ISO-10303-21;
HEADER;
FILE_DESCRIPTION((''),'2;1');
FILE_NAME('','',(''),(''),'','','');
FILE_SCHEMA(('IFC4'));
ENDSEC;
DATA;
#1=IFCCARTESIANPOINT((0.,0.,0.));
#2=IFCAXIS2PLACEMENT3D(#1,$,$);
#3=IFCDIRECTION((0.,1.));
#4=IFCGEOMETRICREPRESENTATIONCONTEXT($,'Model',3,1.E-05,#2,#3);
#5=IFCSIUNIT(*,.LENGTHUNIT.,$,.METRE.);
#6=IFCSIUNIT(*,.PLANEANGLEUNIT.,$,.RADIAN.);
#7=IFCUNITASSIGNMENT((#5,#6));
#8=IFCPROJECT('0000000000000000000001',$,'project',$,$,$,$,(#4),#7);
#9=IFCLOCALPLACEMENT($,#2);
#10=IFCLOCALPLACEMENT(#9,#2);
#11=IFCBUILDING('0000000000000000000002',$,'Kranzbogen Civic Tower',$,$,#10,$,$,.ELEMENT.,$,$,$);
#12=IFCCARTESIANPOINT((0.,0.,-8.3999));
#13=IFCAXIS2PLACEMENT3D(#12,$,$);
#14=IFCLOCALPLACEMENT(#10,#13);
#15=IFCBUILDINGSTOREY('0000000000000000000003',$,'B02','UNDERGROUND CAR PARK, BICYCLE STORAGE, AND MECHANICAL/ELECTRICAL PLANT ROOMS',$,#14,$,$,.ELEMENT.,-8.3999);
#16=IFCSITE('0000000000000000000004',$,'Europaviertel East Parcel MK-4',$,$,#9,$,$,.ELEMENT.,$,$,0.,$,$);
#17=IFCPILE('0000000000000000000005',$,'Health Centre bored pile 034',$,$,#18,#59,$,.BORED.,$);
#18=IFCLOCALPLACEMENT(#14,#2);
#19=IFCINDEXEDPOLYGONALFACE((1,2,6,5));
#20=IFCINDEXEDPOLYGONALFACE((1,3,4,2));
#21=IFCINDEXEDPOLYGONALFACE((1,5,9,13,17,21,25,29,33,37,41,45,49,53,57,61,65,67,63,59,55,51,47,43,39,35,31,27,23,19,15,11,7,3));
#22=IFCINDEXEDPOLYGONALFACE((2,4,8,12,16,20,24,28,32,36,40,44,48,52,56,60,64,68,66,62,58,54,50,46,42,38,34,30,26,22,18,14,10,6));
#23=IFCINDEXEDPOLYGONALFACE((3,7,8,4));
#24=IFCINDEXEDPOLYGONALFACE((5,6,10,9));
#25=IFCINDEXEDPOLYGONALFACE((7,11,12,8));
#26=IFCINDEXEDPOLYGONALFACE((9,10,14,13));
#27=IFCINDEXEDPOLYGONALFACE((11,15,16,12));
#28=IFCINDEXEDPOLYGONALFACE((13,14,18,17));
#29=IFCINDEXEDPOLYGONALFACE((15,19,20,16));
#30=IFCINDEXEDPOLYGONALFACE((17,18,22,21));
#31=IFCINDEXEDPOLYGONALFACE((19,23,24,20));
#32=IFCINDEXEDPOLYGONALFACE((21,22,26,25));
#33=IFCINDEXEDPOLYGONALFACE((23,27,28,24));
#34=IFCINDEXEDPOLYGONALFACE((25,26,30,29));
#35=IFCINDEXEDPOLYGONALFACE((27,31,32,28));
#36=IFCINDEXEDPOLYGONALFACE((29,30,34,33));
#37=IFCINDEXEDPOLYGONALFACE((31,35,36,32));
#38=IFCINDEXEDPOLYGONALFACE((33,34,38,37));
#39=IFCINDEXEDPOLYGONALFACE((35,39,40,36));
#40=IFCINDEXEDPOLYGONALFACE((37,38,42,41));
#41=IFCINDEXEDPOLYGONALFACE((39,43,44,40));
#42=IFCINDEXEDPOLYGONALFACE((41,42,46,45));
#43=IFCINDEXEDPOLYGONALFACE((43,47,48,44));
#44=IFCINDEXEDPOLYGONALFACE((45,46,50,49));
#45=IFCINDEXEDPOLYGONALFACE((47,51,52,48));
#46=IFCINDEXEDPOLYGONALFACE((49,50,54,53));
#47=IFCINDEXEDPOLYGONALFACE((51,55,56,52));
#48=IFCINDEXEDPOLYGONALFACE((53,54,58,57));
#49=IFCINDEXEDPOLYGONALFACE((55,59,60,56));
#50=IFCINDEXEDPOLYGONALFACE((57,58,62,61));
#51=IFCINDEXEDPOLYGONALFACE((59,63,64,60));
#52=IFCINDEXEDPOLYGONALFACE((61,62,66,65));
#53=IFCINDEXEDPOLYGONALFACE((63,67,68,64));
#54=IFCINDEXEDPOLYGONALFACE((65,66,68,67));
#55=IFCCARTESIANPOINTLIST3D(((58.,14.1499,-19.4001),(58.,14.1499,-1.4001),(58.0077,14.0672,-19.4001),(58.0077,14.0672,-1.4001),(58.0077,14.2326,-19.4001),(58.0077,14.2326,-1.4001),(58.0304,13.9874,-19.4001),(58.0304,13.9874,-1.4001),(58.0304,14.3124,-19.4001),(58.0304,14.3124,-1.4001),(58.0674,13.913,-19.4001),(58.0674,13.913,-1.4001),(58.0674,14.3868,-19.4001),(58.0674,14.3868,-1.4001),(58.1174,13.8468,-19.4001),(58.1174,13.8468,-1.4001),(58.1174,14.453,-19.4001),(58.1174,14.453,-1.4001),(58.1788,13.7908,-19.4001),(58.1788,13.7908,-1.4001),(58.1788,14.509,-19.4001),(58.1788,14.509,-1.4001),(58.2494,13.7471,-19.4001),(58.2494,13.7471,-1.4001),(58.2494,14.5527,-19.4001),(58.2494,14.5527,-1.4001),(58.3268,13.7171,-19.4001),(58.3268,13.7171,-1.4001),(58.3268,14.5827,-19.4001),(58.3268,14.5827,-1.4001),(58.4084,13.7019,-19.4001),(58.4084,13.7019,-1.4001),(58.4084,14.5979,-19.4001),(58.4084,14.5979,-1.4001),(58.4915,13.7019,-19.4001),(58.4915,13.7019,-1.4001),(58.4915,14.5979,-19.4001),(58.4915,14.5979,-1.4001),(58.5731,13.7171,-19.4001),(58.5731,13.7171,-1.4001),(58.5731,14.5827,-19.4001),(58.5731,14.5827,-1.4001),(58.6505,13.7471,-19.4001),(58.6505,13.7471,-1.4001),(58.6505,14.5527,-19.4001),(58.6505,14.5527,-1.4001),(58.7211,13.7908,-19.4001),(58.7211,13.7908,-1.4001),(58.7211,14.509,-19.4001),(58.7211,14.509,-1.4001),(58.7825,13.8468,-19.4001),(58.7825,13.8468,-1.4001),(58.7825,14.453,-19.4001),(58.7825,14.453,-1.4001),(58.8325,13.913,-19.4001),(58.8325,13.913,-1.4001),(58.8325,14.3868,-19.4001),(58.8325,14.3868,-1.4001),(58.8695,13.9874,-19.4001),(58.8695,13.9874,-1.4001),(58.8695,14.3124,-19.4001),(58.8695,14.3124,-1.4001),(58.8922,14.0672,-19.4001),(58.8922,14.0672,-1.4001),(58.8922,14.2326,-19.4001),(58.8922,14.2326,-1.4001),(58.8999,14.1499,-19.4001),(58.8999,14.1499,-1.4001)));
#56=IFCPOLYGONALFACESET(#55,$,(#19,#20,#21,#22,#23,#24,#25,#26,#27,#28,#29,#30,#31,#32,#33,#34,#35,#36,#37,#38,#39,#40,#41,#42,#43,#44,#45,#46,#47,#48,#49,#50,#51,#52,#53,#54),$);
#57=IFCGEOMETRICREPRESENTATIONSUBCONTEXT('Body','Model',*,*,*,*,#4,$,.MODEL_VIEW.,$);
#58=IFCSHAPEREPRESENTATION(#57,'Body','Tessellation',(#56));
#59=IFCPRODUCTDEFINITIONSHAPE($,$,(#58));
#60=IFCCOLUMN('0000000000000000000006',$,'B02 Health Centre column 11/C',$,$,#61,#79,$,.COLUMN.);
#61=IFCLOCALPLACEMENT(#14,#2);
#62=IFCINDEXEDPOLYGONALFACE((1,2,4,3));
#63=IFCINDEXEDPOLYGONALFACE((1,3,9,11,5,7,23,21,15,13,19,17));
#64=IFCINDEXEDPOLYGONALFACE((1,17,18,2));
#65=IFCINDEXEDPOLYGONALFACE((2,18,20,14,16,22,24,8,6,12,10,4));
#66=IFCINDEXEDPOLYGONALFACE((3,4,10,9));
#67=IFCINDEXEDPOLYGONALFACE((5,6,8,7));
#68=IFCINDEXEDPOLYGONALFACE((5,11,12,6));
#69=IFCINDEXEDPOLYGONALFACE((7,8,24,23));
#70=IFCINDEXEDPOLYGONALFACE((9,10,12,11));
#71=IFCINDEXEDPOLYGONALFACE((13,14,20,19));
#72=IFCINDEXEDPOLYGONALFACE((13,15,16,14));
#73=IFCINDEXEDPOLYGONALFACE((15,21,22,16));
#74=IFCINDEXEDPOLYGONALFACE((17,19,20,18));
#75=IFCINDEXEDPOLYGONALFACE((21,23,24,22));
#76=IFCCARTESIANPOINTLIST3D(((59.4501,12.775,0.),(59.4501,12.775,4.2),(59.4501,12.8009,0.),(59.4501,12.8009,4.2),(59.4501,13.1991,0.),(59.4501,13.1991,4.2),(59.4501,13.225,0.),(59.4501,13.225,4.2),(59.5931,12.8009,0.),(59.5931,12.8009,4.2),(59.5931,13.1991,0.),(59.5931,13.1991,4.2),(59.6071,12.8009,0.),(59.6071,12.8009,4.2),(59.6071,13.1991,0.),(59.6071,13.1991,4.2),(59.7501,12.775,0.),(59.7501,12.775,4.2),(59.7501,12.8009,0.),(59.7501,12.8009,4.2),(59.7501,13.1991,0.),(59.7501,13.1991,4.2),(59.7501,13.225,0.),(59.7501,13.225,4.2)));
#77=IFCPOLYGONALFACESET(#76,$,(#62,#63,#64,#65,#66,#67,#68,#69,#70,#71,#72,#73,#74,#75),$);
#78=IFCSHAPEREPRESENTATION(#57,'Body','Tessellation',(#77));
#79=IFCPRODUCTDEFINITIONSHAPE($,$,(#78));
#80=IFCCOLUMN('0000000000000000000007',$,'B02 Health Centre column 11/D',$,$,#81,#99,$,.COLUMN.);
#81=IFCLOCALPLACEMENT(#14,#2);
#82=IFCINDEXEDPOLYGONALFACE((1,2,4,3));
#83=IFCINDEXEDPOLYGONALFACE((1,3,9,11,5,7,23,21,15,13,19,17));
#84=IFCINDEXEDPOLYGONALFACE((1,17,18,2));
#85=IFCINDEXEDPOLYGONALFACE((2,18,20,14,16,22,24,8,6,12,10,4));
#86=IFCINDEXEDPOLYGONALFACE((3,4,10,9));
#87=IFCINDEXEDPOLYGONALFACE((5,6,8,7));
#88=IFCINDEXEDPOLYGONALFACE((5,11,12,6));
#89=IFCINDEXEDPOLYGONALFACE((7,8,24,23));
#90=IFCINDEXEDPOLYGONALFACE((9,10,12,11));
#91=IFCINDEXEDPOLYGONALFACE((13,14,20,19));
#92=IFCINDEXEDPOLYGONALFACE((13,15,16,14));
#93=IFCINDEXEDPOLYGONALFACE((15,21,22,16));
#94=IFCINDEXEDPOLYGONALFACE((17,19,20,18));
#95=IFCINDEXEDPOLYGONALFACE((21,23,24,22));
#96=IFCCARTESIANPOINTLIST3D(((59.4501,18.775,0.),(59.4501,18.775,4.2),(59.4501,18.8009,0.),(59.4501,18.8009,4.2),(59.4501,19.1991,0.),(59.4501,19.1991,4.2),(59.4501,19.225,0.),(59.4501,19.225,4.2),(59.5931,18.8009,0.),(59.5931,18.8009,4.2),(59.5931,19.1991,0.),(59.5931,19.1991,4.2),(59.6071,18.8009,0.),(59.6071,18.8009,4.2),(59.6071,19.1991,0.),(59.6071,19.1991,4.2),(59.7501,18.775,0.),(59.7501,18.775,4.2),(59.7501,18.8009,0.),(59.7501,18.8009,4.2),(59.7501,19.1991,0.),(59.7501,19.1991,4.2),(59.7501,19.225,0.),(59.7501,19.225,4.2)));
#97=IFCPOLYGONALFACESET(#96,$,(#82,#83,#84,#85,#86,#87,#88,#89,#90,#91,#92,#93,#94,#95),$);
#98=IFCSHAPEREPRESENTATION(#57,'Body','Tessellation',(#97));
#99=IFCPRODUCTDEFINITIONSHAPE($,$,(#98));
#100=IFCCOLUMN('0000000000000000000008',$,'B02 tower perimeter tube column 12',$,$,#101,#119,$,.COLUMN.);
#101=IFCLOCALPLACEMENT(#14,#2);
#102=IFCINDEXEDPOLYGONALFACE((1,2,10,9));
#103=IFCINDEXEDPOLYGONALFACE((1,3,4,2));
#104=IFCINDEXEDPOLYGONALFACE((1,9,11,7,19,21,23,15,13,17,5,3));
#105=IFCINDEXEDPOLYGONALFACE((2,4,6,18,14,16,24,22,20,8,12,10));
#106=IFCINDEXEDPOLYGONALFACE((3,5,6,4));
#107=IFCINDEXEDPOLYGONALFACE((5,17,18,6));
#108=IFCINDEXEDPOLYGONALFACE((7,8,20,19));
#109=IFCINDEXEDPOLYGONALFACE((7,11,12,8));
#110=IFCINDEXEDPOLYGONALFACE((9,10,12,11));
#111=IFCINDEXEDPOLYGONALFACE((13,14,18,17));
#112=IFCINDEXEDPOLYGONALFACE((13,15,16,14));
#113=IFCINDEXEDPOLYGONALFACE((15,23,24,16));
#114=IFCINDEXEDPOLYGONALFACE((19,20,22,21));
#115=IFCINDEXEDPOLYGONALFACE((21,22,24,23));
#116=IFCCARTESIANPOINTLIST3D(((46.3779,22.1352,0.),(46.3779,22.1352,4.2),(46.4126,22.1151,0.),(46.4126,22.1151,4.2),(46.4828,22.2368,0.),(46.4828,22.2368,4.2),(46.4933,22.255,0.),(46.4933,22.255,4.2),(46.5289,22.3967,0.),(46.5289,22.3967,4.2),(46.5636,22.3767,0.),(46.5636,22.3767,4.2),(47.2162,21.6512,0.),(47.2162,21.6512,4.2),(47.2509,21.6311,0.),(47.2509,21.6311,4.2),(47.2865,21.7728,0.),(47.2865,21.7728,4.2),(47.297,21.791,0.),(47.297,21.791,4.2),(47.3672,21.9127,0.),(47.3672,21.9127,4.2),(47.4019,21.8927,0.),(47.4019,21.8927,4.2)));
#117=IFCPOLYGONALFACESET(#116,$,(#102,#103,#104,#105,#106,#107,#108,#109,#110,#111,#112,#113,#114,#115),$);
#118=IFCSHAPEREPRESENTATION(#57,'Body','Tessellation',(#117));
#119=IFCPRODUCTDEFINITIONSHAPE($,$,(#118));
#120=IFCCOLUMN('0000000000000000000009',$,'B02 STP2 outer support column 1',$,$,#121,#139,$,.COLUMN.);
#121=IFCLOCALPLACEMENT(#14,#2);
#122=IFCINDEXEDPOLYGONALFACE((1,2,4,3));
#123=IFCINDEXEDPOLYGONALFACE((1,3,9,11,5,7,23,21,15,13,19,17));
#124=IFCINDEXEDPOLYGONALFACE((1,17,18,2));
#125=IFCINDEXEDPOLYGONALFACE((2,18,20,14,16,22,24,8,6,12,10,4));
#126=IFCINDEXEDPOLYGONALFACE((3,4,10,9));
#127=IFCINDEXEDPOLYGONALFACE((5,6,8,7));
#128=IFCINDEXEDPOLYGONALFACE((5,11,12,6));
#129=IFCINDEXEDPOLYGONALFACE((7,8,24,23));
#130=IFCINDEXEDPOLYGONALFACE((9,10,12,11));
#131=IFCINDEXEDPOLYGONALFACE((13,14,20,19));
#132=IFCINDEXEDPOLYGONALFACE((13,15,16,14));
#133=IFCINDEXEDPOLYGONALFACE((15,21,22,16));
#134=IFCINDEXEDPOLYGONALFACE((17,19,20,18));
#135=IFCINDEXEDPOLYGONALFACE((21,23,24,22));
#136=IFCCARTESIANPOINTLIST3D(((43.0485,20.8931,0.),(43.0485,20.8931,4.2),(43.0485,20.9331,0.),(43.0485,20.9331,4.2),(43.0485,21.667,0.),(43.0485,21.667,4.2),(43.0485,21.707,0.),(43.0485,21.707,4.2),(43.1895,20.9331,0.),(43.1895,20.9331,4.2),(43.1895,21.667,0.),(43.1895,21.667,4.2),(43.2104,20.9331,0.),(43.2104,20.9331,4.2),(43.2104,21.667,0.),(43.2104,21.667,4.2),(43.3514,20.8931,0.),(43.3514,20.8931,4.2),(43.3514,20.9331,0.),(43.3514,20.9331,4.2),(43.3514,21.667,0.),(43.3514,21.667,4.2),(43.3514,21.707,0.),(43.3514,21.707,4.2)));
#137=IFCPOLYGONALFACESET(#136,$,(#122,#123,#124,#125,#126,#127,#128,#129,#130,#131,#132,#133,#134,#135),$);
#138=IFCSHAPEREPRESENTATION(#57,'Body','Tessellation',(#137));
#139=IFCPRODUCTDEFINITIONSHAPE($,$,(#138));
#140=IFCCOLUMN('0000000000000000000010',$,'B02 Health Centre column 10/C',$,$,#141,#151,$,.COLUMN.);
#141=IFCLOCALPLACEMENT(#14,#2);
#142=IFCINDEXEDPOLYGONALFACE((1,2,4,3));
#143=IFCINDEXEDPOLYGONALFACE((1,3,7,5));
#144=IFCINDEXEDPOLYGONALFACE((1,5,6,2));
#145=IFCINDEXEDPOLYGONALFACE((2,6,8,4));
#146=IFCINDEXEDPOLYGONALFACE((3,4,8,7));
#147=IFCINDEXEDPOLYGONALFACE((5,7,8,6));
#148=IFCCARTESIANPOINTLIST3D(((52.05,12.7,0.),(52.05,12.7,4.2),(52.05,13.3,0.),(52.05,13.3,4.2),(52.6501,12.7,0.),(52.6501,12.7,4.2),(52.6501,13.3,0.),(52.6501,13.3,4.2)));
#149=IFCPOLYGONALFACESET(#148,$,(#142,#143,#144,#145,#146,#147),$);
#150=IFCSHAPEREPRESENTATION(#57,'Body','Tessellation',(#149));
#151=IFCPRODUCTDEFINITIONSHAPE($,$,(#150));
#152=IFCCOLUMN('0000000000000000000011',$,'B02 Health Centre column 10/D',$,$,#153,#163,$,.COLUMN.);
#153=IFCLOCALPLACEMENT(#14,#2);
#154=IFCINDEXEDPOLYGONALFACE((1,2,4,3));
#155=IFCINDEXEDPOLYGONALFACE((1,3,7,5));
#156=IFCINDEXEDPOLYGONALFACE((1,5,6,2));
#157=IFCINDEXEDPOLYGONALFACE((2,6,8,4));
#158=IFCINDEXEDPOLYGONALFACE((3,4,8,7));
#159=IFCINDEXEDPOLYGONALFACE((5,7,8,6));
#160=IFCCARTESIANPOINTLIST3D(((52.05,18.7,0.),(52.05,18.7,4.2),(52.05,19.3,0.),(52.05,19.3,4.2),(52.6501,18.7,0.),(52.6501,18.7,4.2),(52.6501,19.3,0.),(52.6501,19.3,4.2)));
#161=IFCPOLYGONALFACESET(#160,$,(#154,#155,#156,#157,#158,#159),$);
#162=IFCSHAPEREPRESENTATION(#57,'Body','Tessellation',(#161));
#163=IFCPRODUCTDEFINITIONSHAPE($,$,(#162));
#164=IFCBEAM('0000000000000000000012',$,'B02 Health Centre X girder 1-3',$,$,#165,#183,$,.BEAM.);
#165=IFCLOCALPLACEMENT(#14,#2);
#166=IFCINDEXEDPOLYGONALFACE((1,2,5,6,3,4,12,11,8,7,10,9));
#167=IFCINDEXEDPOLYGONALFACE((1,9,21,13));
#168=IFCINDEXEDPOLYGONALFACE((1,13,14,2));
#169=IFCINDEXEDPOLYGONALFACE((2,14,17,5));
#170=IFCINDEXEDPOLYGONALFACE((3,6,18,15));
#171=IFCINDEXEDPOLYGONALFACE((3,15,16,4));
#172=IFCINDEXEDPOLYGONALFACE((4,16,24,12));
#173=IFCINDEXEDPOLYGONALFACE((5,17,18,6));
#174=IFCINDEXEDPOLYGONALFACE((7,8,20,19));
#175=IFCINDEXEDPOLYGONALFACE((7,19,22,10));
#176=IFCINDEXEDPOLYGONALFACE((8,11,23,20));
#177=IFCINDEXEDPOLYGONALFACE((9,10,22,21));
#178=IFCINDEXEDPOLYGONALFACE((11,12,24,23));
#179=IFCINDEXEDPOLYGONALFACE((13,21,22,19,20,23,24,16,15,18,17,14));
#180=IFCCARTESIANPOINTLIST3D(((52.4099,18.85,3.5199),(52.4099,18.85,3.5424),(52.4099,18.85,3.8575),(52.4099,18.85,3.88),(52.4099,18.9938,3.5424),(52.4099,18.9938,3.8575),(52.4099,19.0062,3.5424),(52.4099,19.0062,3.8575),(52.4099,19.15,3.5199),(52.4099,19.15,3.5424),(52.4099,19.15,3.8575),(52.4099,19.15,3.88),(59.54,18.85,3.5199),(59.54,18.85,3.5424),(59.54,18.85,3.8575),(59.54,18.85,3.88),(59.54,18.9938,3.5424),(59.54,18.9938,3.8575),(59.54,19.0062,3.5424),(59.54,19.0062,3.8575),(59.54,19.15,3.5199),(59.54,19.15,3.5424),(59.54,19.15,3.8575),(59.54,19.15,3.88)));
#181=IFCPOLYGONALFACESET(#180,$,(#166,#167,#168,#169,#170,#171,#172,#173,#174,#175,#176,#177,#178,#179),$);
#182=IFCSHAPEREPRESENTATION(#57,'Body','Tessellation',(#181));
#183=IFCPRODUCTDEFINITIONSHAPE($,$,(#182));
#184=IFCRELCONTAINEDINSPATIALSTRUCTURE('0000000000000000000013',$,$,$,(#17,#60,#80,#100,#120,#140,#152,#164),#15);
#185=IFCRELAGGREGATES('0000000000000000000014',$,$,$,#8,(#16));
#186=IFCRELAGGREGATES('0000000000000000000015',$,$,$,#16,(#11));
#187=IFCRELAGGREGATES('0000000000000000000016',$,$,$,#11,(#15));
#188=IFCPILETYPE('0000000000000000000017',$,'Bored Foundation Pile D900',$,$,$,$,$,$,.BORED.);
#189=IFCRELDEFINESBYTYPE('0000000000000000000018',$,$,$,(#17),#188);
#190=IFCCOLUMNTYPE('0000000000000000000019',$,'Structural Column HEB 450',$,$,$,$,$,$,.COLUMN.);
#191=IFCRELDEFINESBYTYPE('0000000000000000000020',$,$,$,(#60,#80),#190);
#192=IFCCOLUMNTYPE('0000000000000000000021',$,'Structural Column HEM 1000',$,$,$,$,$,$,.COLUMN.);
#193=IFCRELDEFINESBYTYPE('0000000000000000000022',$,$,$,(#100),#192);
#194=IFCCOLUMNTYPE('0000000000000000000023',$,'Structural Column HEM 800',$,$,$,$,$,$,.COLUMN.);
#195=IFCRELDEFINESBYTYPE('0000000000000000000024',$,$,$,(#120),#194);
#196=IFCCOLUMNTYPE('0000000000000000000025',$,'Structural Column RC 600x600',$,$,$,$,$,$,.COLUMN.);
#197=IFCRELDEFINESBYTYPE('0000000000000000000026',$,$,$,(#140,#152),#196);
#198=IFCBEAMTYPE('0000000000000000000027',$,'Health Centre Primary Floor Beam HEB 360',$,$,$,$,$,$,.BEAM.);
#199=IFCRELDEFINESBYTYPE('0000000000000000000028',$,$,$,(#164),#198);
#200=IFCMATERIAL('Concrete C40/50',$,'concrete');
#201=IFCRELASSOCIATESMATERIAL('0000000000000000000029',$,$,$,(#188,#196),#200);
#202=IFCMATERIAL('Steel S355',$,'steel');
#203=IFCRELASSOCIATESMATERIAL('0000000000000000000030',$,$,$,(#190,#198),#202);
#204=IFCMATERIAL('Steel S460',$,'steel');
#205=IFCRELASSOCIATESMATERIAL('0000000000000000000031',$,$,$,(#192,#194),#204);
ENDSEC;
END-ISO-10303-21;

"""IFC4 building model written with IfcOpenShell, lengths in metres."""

from ifc_helpers import new_model, si_unit, direction, frame, origin, origin_2d, place, context, subcontext, project, spatial, rectangle, circle, i_section, extrude, material, material_profile, profile_set, type_object, element, save


model = new_model("IFC4")

# Units and contexts
model_context = context("Model", 3, precision=1e-05, world=origin(), true_north=direction((0.0, 1.0)))
body_context = subcontext(model_context, "Body", "Model", "MODEL_VIEW")
ifc_project = project(units=[si_unit("LENGTHUNIT", "METRE"), si_unit("PLANEANGLEUNIT", "RADIAN")], contexts=[model_context])

# Site, building, storey
site_placement = place(None, origin())
site = spatial("IfcSite", under=ifc_project, at=site_placement, Name="Europaviertel East Parcel MK-4", CompositionType="ELEMENT", RefElevation=0.0)
building_placement = place(site_placement, origin())
building = spatial("IfcBuilding", under=site, at=building_placement, Name="Kranzbogen Civic Tower", CompositionType="ELEMENT")
storey_placement = place(building_placement, frame((0.0, 0.0, -8.3999)))
storey = spatial("IfcBuildingStorey", under=building, at=storey_placement, Name="B02", Description="UNDERGROUND CAR PARK, BICYCLE STORAGE, AND MECHANICAL/ELECTRICAL PLANT ROOMS", CompositionType="ELEMENT", Elevation=-8.3999)

# Pile
ifc_material_1 = material(Name="Concrete C40/50", Category="concrete")
ifc_material_profile_1 = material_profile(ifc_material_1, circle(Radius=0.45, at=origin_2d()), Name="PILE D900")
ifc_profile_set_1 = profile_set([ifc_material_profile_1], Name="Concrete C40/50")
pile_type_1 = type_object("IfcPileType", Name="Bored Foundation Pile D900", PredefinedType="BORED", material=ifc_profile_set_1)
for number, where, z_axis, x_axis, name in (
    (1, (58.45, 14.1499, -1.4001), (0.0, 0.0, -1.0), (1.0, 0.0, 0.0), "Health Centre bored pile 034"),
):
    element("IfcPile", number, at=place(storey_placement, frame(where, z_axis=z_axis, x_axis=x_axis)), inside=storey, type_object=pile_type_1, Name=name, PredefinedType="BORED", context=body_context, shape_type="SweptSolid", body=[
        extrude(circle(Radius=0.45, at=origin_2d()), origin(), (0.0, 0.0, 1.0), 18.0),
    ])

# Columns
ifc_material_2 = material(Name="Steel S355", Category="steel")
ifc_material_profile_2 = material_profile(ifc_material_2, i_section(OverallWidth=0.3, OverallDepth=0.45, WebThickness=0.0139, FlangeThickness=0.0259, at=origin_2d()), Name="HEB 450")
ifc_profile_set_2 = profile_set([ifc_material_profile_2], Name="Steel S355")
column_type_1 = type_object("IfcColumnType", Name="Structural Column HEB 450", PredefinedType="COLUMN", material=ifc_profile_set_2)
for number, where, z_axis, x_axis, name in (
    (2, (59.6001, 13.0, 0.0), (0.0, 0.0, 1.0), (1.0, 0.0, 0.0), "B02 Health Centre column 11/C"),
    (3, (59.6001, 19.0, 0.0), (0.0, 0.0, 1.0), (1.0, 0.0, 0.0), "B02 Health Centre column 11/D"),
):
    element("IfcColumn", number, at=place(storey_placement, frame(where, z_axis=z_axis, x_axis=x_axis)), inside=storey, type_object=column_type_1, Name=name, PredefinedType="COLUMN", context=body_context, shape_type="SweptSolid", body=[
        extrude(i_section(OverallWidth=0.3, OverallDepth=0.45, WebThickness=0.0139, FlangeThickness=0.0259, at=origin_2d()), origin(), (0.0, 0.0, 1.0), 4.2),
    ])
ifc_material_3 = material(Name="Steel S460", Category="steel")
ifc_material_profile_3 = material_profile(ifc_material_3, i_section(OverallWidth=0.302, OverallDepth=1.0081, WebThickness=0.021, FlangeThickness=0.04, at=origin_2d()), Name="HEM 1000")
ifc_profile_set_3 = profile_set([ifc_material_profile_3], Name="Steel S460")
column_type_2 = type_object("IfcColumnType", Name="Structural Column HEM 1000", PredefinedType="COLUMN", material=ifc_profile_set_3)
column_1_placement = place(storey_placement, frame((46.8899, 22.0139, 0.0), z_axis=(0.0, 0.0, 1.0), x_axis=(0.5, 0.866025, 0.0)))
element("IfcColumn", 4, at=column_1_placement, inside=storey, type_object=column_type_2, Name="B02 tower perimeter tube column 12", PredefinedType="COLUMN", context=body_context, shape_type="SweptSolid", body=[
    extrude(i_section(OverallWidth=0.302, OverallDepth=1.0081, WebThickness=0.021, FlangeThickness=0.04, at=origin_2d()), origin(), (0.0, 0.0, 1.0), 4.2),
])
ifc_material_profile_4 = material_profile(ifc_material_3, i_section(OverallWidth=0.303, OverallDepth=0.814, WebThickness=0.021, FlangeThickness=0.04, at=origin_2d()), Name="HEM 800")
ifc_profile_set_4 = profile_set([ifc_material_profile_4], Name="Steel S460")
column_type_3 = type_object("IfcColumnType", Name="Structural Column HEM 800", PredefinedType="COLUMN", material=ifc_profile_set_4)
column_2_placement = place(storey_placement, frame((43.2, 21.3, 0.0), z_axis=(0.0, 0.0, 1.0), x_axis=(1.0, 0.0, 0.0)))
element("IfcColumn", 5, at=column_2_placement, inside=storey, type_object=column_type_3, Name="B02 STP2 outer support column 1", PredefinedType="COLUMN", context=body_context, shape_type="SweptSolid", body=[
    extrude(i_section(OverallWidth=0.303, OverallDepth=0.814, WebThickness=0.021, FlangeThickness=0.04, at=origin_2d()), origin(), (0.0, 0.0, 1.0), 4.2),
])
ifc_material_profile_5 = material_profile(ifc_material_1, rectangle(XDim=0.6001, YDim=0.6001, at=origin_2d()), Name="RC 600x600")
ifc_profile_set_5 = profile_set([ifc_material_profile_5], Name="Concrete C40/50")
column_type_4 = type_object("IfcColumnType", Name="Structural Column RC 600x600", PredefinedType="COLUMN", material=ifc_profile_set_5)
for number, where, z_axis, x_axis, name in (
    (6, (52.3501, 13.0, 0.0), (0.0, 0.0, 1.0), (1.0, 0.0, 0.0), "B02 Health Centre column 10/C"),
    (7, (52.3501, 19.0, 0.0), (0.0, 0.0, 1.0), (1.0, 0.0, 0.0), "B02 Health Centre column 10/D"),
):
    element("IfcColumn", number, at=place(storey_placement, frame(where, z_axis=z_axis, x_axis=x_axis)), inside=storey, type_object=column_type_4, Name=name, PredefinedType="COLUMN", context=body_context, shape_type="SweptSolid", body=[
        extrude(rectangle(XDim=0.6001, YDim=0.6001, at=origin_2d()), origin(), (0.0, 0.0, 1.0), 4.2),
    ])

# Beam
ifc_material_profile_6 = material_profile(ifc_material_2, i_section(OverallWidth=0.3, OverallDepth=0.3601, WebThickness=0.0125, FlangeThickness=0.0225, at=origin_2d()), Name="HEB 360")
ifc_profile_set_6 = profile_set([ifc_material_profile_6], Name="Steel S355")
beam_type_1 = type_object("IfcBeamType", Name="Health Centre Primary Floor Beam HEB 360", PredefinedType="BEAM", material=ifc_profile_set_6)
beam_1_placement = place(storey_placement, frame((52.4099, 19.0, 3.7), z_axis=(1.0, 0.0, 0.0), x_axis=(0.0, 1.0, 0.0)))
element("IfcBeam", 8, at=beam_1_placement, inside=storey, type_object=beam_type_1, Name="B02 Health Centre X girder 1-3", PredefinedType="BEAM", context=body_context, shape_type="SweptSolid", body=[
    extrude(i_section(OverallWidth=0.3, OverallDepth=0.3601, WebThickness=0.0125, FlangeThickness=0.0225, at=origin_2d()), origin(), (0.0, 0.0, 1.0), 7.1301),
])

save(model, "model.ifc")
